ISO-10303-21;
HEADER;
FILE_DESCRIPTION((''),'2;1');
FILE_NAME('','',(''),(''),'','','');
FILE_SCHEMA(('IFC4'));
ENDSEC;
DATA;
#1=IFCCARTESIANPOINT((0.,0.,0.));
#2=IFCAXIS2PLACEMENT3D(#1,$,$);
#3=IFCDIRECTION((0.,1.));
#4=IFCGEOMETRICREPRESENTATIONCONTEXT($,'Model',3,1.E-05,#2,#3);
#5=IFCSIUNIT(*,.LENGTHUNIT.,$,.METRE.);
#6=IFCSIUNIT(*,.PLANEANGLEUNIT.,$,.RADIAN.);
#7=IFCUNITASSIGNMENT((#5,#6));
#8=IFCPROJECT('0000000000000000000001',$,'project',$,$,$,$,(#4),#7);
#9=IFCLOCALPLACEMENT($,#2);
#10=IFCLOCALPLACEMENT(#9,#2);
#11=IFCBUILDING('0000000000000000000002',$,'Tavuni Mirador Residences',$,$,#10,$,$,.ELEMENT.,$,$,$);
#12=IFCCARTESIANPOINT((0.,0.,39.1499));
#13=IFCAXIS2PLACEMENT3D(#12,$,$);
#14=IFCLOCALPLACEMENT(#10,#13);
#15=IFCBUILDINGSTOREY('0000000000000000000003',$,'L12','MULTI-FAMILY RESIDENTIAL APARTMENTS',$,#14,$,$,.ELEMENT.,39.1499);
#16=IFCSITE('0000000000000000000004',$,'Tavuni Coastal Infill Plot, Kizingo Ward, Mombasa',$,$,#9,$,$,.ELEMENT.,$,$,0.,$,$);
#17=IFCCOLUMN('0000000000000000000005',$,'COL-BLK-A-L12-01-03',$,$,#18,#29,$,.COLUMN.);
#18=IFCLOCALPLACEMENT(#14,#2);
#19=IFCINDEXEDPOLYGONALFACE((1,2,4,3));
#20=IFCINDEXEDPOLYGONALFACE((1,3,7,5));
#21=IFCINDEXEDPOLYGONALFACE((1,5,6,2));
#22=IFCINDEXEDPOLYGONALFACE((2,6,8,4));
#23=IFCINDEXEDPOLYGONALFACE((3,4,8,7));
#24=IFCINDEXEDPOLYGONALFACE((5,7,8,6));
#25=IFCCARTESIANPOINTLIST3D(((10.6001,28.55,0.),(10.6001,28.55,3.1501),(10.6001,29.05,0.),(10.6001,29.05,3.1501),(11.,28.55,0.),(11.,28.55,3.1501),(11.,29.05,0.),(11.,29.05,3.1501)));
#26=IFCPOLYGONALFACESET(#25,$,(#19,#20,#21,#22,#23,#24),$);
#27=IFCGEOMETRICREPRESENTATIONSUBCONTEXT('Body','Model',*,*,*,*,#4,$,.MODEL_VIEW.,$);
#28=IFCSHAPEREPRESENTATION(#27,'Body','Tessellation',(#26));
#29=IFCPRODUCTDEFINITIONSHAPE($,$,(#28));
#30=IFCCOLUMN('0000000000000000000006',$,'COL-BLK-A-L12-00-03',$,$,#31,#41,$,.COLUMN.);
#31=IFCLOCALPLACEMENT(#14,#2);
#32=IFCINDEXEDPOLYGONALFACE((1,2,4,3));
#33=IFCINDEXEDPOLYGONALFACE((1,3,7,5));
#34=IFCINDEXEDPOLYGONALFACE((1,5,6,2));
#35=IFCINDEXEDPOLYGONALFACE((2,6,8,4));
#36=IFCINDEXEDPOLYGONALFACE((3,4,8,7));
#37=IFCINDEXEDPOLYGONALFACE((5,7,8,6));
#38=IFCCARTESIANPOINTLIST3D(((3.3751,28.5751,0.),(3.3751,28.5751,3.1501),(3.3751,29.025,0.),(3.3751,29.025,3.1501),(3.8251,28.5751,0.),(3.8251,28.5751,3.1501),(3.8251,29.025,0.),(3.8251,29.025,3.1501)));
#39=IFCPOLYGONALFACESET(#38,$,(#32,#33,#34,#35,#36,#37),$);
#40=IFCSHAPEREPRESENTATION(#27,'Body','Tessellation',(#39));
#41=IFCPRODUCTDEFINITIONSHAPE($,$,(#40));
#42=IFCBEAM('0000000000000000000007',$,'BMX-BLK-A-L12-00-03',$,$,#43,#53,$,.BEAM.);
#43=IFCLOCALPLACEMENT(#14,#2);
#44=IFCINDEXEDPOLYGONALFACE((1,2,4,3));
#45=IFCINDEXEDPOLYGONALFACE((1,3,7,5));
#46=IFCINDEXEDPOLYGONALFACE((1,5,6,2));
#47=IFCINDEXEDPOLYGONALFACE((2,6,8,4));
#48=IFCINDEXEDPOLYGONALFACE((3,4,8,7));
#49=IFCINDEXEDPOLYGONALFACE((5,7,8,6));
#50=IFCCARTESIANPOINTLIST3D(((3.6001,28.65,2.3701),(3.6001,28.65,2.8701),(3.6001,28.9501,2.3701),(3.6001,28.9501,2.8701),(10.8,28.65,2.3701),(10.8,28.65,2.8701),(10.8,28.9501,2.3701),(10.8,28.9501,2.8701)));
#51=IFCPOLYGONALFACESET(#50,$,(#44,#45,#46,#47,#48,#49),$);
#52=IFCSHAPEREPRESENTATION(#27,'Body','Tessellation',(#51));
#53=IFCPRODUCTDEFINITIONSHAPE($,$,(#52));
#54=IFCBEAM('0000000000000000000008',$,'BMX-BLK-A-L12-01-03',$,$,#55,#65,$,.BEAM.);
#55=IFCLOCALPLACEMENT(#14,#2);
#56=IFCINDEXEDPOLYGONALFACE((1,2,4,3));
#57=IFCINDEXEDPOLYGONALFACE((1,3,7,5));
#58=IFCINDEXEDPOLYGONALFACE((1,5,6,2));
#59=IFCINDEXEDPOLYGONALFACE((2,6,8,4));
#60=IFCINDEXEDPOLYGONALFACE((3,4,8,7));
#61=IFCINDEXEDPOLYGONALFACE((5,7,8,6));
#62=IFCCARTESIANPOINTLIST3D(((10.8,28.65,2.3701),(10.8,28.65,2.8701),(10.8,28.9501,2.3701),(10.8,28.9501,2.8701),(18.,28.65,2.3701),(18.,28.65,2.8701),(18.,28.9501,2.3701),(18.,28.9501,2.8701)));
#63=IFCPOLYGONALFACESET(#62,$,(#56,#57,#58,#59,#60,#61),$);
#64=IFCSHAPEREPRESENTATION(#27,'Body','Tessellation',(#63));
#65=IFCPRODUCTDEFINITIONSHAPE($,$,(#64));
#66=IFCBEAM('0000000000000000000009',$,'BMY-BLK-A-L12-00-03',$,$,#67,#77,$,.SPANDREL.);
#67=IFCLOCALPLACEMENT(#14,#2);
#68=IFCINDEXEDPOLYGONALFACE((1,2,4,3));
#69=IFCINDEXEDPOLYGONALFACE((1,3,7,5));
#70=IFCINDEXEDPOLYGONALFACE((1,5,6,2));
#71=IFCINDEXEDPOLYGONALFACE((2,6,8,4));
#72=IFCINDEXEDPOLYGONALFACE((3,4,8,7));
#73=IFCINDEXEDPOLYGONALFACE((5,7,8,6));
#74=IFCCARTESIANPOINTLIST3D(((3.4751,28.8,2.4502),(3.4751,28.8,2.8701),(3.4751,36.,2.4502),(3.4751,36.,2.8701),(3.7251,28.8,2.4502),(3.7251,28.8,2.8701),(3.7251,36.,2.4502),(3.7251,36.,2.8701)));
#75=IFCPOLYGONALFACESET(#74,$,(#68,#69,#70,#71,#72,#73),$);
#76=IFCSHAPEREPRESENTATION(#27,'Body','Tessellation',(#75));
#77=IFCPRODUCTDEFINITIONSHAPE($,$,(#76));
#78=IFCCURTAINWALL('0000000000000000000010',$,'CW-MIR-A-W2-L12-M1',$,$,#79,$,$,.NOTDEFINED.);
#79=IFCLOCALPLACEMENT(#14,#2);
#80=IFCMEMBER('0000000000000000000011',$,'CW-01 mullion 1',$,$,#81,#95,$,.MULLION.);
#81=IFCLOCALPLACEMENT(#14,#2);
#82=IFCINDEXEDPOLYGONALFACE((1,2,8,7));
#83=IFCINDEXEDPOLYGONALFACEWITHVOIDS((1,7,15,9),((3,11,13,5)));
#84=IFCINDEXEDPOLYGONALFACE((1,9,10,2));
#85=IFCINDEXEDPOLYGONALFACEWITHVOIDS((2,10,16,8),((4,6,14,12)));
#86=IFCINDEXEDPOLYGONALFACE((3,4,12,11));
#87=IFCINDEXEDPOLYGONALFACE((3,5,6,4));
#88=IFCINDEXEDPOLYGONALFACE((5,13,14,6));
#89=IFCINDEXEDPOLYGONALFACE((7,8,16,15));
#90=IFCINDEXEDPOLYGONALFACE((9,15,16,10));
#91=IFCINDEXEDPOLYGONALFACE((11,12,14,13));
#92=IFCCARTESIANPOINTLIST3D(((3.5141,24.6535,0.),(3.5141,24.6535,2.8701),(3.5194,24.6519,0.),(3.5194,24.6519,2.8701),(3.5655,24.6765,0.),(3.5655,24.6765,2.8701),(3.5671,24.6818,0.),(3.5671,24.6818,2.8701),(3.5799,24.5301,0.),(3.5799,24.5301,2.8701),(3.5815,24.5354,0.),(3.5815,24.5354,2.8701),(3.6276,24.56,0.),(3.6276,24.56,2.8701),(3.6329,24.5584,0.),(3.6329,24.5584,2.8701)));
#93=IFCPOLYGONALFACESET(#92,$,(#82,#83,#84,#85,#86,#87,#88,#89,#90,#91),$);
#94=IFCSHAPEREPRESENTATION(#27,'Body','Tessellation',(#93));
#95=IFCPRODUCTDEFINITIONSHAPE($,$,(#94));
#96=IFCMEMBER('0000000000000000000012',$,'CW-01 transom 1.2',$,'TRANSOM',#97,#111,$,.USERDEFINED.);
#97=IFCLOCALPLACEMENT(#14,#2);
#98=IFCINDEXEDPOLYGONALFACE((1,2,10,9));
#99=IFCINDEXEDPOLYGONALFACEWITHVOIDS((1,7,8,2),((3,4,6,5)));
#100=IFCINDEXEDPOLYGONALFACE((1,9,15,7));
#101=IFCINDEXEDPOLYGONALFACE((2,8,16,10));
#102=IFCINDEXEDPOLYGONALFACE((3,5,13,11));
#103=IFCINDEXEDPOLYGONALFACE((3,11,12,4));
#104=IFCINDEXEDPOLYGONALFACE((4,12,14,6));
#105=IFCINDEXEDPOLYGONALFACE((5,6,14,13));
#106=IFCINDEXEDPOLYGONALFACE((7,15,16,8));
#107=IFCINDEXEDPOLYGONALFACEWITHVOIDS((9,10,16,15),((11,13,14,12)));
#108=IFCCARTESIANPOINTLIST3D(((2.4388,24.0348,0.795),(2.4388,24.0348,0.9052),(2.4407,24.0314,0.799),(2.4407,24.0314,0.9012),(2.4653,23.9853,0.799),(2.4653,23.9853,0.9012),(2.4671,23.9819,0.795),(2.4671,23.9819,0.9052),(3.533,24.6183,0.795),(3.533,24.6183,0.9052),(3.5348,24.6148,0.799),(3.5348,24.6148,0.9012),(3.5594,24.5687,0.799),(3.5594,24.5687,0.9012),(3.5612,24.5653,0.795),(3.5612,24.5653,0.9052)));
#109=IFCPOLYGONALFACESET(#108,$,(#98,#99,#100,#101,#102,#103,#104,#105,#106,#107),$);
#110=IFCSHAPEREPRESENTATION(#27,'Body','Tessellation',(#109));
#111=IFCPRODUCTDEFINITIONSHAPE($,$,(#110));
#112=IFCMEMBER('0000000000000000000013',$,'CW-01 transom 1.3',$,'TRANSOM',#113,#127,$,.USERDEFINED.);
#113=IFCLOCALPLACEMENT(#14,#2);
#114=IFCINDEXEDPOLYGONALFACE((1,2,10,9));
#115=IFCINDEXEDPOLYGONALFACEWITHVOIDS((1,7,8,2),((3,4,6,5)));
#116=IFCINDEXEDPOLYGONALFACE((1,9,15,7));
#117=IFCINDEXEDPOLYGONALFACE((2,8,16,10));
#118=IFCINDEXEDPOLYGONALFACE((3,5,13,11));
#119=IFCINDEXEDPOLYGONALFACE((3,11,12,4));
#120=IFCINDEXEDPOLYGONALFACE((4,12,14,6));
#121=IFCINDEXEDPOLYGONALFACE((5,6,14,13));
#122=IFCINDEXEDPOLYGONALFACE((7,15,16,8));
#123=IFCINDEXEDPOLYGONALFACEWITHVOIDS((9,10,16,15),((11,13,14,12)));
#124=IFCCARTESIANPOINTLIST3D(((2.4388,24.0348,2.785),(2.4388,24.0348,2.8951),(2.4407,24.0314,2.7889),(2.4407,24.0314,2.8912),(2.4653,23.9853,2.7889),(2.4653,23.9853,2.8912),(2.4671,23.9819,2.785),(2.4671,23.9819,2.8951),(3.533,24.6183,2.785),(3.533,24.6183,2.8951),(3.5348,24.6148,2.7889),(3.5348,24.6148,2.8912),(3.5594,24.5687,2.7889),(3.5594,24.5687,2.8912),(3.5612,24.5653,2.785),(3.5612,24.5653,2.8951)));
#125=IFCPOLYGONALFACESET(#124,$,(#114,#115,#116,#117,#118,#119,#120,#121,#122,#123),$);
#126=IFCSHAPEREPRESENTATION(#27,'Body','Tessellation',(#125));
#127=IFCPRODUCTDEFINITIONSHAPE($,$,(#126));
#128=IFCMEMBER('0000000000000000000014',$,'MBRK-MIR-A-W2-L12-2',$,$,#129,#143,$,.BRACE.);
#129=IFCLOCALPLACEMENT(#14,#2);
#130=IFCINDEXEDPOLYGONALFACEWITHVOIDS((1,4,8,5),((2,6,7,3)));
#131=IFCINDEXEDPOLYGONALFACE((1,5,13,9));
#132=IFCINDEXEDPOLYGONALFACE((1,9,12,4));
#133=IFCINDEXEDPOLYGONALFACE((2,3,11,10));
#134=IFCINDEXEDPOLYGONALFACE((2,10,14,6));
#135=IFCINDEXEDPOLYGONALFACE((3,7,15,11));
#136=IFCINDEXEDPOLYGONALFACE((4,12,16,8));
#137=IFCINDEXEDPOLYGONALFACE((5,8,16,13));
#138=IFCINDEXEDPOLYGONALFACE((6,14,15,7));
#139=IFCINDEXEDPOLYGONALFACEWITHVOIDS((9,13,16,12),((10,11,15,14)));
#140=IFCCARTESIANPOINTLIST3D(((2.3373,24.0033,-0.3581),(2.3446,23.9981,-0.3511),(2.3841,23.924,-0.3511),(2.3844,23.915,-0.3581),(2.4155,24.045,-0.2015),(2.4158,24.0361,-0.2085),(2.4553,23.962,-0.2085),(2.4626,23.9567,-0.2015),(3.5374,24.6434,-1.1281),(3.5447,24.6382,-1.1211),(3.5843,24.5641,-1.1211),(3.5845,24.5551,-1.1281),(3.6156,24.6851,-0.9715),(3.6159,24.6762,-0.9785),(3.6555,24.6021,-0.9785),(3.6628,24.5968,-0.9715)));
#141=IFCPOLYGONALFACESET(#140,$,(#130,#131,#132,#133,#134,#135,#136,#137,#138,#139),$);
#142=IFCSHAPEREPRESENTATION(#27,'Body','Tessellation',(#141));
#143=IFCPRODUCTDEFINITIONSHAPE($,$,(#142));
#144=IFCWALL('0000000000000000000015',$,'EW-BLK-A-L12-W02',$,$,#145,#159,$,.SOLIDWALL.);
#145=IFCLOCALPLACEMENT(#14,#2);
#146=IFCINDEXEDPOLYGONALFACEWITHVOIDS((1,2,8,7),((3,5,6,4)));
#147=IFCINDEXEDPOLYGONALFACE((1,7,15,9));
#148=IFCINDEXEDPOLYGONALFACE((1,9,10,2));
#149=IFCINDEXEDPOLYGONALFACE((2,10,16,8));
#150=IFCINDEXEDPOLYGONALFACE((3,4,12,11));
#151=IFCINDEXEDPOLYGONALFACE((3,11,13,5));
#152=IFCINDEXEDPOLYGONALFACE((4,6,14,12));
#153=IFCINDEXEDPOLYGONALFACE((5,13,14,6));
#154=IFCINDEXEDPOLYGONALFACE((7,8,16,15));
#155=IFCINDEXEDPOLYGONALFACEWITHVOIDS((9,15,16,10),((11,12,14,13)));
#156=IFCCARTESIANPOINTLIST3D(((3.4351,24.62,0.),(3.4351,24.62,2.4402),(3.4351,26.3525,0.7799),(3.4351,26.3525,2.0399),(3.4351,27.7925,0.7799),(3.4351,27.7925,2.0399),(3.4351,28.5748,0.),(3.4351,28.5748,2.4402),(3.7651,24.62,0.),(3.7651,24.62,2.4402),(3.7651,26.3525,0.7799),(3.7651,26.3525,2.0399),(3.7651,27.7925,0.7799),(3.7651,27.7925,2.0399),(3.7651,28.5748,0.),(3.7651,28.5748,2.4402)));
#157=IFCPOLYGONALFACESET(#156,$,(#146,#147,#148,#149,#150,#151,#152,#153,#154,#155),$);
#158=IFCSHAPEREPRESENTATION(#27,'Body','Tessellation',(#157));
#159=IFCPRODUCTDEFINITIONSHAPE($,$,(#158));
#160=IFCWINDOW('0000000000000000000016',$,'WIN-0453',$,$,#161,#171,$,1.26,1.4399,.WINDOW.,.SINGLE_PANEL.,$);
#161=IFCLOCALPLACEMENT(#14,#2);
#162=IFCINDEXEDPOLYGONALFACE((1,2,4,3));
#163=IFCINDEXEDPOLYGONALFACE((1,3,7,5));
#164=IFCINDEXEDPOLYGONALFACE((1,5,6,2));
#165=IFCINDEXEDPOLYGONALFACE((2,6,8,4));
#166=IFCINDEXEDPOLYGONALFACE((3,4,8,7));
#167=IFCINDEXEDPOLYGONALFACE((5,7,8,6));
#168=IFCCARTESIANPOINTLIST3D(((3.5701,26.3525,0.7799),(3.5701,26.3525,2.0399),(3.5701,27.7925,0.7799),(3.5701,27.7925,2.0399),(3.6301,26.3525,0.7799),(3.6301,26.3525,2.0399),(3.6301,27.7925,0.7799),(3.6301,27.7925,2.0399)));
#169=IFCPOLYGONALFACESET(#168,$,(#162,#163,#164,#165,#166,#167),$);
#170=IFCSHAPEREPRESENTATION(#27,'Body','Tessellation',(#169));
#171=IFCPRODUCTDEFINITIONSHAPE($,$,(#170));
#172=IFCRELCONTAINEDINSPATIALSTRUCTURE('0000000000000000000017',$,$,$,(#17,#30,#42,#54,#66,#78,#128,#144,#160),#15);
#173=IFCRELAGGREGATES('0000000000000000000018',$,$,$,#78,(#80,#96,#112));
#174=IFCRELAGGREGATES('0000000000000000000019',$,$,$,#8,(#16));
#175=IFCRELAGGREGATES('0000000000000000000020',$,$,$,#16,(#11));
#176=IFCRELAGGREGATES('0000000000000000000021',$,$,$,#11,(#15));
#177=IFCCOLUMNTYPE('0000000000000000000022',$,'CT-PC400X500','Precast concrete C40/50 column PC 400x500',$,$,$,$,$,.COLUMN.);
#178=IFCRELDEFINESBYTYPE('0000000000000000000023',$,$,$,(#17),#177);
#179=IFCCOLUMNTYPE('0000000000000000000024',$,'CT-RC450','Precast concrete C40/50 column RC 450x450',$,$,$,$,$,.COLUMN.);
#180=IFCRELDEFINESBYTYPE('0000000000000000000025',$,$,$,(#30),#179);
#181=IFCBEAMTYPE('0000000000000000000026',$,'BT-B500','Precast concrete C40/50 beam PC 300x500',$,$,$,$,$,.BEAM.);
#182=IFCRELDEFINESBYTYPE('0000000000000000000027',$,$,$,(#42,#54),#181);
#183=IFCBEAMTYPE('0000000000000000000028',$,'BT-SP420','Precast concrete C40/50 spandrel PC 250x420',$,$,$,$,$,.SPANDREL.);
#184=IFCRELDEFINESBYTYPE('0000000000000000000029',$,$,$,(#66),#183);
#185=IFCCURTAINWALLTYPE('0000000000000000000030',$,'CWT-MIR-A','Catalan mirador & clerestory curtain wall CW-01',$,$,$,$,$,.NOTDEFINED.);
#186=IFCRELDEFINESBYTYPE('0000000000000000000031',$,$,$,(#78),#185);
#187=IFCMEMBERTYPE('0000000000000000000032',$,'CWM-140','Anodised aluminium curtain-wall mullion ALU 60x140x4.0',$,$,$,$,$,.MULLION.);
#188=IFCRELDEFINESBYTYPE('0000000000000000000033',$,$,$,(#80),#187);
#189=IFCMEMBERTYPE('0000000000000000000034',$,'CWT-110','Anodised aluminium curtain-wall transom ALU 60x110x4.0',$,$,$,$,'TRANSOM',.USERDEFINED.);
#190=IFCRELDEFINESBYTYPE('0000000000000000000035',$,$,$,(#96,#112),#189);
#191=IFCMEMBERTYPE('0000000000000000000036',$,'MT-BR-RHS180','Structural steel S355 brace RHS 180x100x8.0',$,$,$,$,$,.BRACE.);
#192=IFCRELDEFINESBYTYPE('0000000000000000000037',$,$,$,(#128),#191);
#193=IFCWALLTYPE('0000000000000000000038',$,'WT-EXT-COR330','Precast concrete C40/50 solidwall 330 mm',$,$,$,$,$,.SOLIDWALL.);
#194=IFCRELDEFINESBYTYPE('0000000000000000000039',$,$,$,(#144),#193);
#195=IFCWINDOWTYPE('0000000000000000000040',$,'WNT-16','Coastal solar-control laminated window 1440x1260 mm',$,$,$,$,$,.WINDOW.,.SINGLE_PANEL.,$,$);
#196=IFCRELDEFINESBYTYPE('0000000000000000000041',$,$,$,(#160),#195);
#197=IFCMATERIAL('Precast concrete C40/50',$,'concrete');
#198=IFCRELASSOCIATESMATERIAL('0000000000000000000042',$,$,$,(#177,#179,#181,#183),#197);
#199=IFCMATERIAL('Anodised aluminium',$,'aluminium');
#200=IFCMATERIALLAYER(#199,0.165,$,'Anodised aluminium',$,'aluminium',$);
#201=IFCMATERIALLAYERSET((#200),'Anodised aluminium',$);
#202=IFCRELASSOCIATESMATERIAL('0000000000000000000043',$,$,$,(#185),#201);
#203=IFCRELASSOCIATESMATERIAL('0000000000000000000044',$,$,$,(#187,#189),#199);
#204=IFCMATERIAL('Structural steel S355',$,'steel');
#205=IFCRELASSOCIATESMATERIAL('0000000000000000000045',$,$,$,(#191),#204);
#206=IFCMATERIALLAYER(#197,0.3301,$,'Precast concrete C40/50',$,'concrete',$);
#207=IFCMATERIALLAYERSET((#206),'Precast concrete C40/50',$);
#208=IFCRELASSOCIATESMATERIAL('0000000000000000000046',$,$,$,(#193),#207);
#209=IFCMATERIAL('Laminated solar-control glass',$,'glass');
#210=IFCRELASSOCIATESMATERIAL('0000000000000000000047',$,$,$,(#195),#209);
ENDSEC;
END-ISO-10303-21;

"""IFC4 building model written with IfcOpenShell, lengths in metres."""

from ifc_helpers import new_model, si_unit, direction, frame, frame_2d, origin, origin_2d, place, context, subcontext, project, spatial, rectangle, hollow_rectangle, extrude, material, layer, layer_set, material_profile, profile_set, type_object, element, fill, aggregate, save


model = new_model("IFC4")

# Units and contexts
model_context = context("Model", 3, precision=1e-05, world=origin(), true_north=direction((0.0, 1.0)))
body_context = subcontext(model_context, "Body", "Model", "MODEL_VIEW")
ifc_project = project(units=[si_unit("LENGTHUNIT", "METRE"), si_unit("PLANEANGLEUNIT", "RADIAN")], contexts=[model_context])

# Site, building, storey
site_placement = place(None, origin())
site = spatial("IfcSite", under=ifc_project, at=site_placement, Name="Tavuni Coastal Infill Plot, Kizingo Ward, Mombasa", CompositionType="ELEMENT", RefElevation=0.0)
building_placement = place(site_placement, origin())
building = spatial("IfcBuilding", under=site, at=building_placement, Name="Tavuni Mirador Residences", CompositionType="ELEMENT")
storey_placement = place(building_placement, frame((0.0, 0.0, 39.1499)))
storey = spatial("IfcBuildingStorey", under=building, at=storey_placement, Name="L12", Description="MULTI-FAMILY RESIDENTIAL APARTMENTS", CompositionType="ELEMENT", Elevation=39.1499)

# Columns
ifc_material_1 = material(Name="Precast concrete C40/50", Category="concrete")
ifc_material_profile_1 = material_profile(ifc_material_1, rectangle(XDim=0.3999, YDim=0.5, at=origin_2d()), Name="PC 400x500", Category="concrete")
ifc_profile_set_1 = profile_set([ifc_material_profile_1], Name="Precast concrete C40/50")
column_type_1 = type_object("IfcColumnType", Name="CT-PC400X500", Description="Precast concrete C40/50 column PC 400x500", PredefinedType="COLUMN", material=ifc_profile_set_1)
column_1_placement = place(storey_placement, frame((10.8, 28.8, 0.0), z_axis=(0.0, 0.0, 1.0), x_axis=(1.0, 0.0, 0.0)))
element("IfcColumn", 1, at=column_1_placement, inside=storey, type_object=column_type_1, Name="COL-BLK-A-L12-01-03", PredefinedType="COLUMN", context=body_context, shape_type="SweptSolid", body=[
    extrude(rectangle(XDim=0.3999, YDim=0.5, at=origin_2d()), origin(), (0.0, 0.0, 1.0), 3.1501),
])
ifc_material_profile_2 = material_profile(ifc_material_1, rectangle(XDim=0.45, YDim=0.45, at=origin_2d()), Name="RC 450x450", Category="concrete")
ifc_profile_set_2 = profile_set([ifc_material_profile_2], Name="Precast concrete C40/50")
column_type_2 = type_object("IfcColumnType", Name="CT-RC450", Description="Precast concrete C40/50 column RC 450x450", PredefinedType="COLUMN", material=ifc_profile_set_2)
column_2_placement = place(storey_placement, frame((3.6001, 28.8, 0.0), z_axis=(0.0, 0.0, 1.0), x_axis=(1.0, 0.0, 0.0)))
element("IfcColumn", 2, at=column_2_placement, inside=storey, type_object=column_type_2, Name="COL-BLK-A-L12-00-03", PredefinedType="COLUMN", context=body_context, shape_type="SweptSolid", body=[
    extrude(rectangle(XDim=0.45, YDim=0.45, at=origin_2d()), origin(), (0.0, 0.0, 1.0), 3.1501),
])

# Beams
ifc_material_profile_3 = material_profile(ifc_material_1, rectangle(XDim=0.3, YDim=0.5, at=origin_2d()), Name="PC 300x500", Category="concrete")
ifc_profile_set_3 = profile_set([ifc_material_profile_3], Name="Precast concrete C40/50")
beam_type_1 = type_object("IfcBeamType", Name="BT-B500", Description="Precast concrete C40/50 beam PC 300x500", PredefinedType="BEAM", material=ifc_profile_set_3)
for number, where, z_axis, x_axis, name in (
    (3, (3.6001, 28.8, 2.6201), (1.0, 0.0, 0.0), (0.0, 1.0, 0.0), "BMX-BLK-A-L12-00-03"),
    (4, (10.8, 28.8, 2.6201), (1.0, 0.0, 0.0), (0.0, 1.0, 0.0), "BMX-BLK-A-L12-01-03"),
):
    element("IfcBeam", number, at=place(storey_placement, frame(where, z_axis=z_axis, x_axis=x_axis)), inside=storey, type_object=beam_type_1, Name=name, PredefinedType="BEAM", context=body_context, shape_type="SweptSolid", body=[
        extrude(rectangle(XDim=0.3, YDim=0.5, at=origin_2d()), origin(), (0.0, 0.0, 1.0), 7.2),
    ])
ifc_material_profile_4 = material_profile(ifc_material_1, rectangle(XDim=0.25, YDim=0.4199, at=origin_2d()), Name="PC 250x420", Category="concrete")
ifc_profile_set_4 = profile_set([ifc_material_profile_4], Name="Precast concrete C40/50")
beam_type_2 = type_object("IfcBeamType", Name="BT-SP420", Description="Precast concrete C40/50 spandrel PC 250x420", PredefinedType="SPANDREL", material=ifc_profile_set_4)
beam_placement = place(storey_placement, frame((3.6001, 28.8, 2.6602), z_axis=(0.0, 1.0, 0.0), x_axis=(-1.0, 0.0, 0.0)))
element("IfcBeam", 5, at=beam_placement, inside=storey, type_object=beam_type_2, Name="BMY-BLK-A-L12-00-03", PredefinedType="SPANDREL", context=body_context, shape_type="SweptSolid", body=[
    extrude(rectangle(XDim=0.25, YDim=0.4199, at=origin_2d()), origin(), (0.0, 0.0, 1.0), 7.2),
])

# Curtain wall, members
ifc_material_2 = material(Name="Anodised aluminium", Category="aluminium")
ifc_layer_1 = layer(ifc_material_2, 0.165, Name="Anodised aluminium", Category="aluminium")
ifc_layer_set_1 = layer_set([ifc_layer_1], Name="Anodised aluminium")
curtain_wall_type = type_object("IfcCurtainWallType", Name="CWT-MIR-A", Description="Catalan mirador & clerestory curtain wall CW-01", PredefinedType="NOTDEFINED", material=ifc_layer_set_1)
curtain_wall_placement = place(storey_placement, origin())
curtain_wall = element("IfcCurtainWall", 6, at=curtain_wall_placement, inside=storey, type_object=curtain_wall_type, Name="CW-MIR-A-W2-L12-M1", PredefinedType="NOTDEFINED")
ifc_material_profile_5 = material_profile(ifc_material_2, hollow_rectangle(XDim=0.0601, YDim=0.1399, WallThickness=0.0039, at=origin_2d()), Name="ALU 60x140x4.0", Category="aluminium")
ifc_profile_set_5 = profile_set([ifc_material_profile_5], Name="Anodised aluminium")
member_type_1 = type_object("IfcMemberType", Name="CWM-140", Description="Anodised aluminium curtain-wall mullion ALU 60x140x4.0", PredefinedType="MULLION", material=ifc_profile_set_5)
member_1_placement = place(storey_placement, frame((3.5735, 24.606, 0.0), z_axis=(0.0, 0.0, 1.0), x_axis=(-0.882353, -0.470588, 0.0)))
member_1 = element("IfcMember", 7, at=member_1_placement, type_object=member_type_1, Name="CW-01 mullion 1", PredefinedType="MULLION", context=body_context, shape_type="SweptSolid", body=[
    extrude(hollow_rectangle(XDim=0.0601, YDim=0.1399, WallThickness=0.0039, at=origin_2d()), origin(), (0.0, 0.0, 1.0), 2.8701),
])
ifc_material_profile_6 = material_profile(ifc_material_2, hollow_rectangle(XDim=0.0601, YDim=0.1101, WallThickness=0.0039, at=origin_2d()), Name="ALU 60x110x4.0", Category="aluminium")
ifc_profile_set_6 = profile_set([ifc_material_profile_6], Name="Anodised aluminium")
member_type_2 = type_object("IfcMemberType", Name="CWT-110", Description="Anodised aluminium curtain-wall transom ALU 60x110x4.0", ElementType="TRANSOM", PredefinedType="USERDEFINED", material=ifc_profile_set_6)
member_2_placement = place(storey_placement, frame((3.5471, 24.5918, 0.8501), z_axis=(-0.882386, -0.470527, 0.0), x_axis=(0.470527, -0.882386, 0.0)))
member_2 = element("IfcMember", 8, at=member_2_placement, type_object=member_type_2, Name="CW-01 transom 1.2", ObjectType="TRANSOM", PredefinedType="USERDEFINED", context=body_context, shape_type="SweptSolid", body=[
    extrude(hollow_rectangle(XDim=0.0601, YDim=0.1101, WallThickness=0.0039, at=origin_2d()), origin(), (0.0, 0.0, 1.0), 1.24),
])
member_3_placement = place(storey_placement, frame((3.5471, 24.5918, 2.8401), z_axis=(-0.882386, -0.470527, 0.0), x_axis=(0.470527, -0.882386, 0.0)))
member_3 = element("IfcMember", 9, at=member_3_placement, type_object=member_type_2, Name="CW-01 transom 1.3", ObjectType="TRANSOM", PredefinedType="USERDEFINED", context=body_context, shape_type="SweptSolid", body=[
    extrude(hollow_rectangle(XDim=0.0601, YDim=0.1101, WallThickness=0.0039, at=origin_2d()), origin(), (0.0, 0.0, 1.0), 1.24),
])
aggregate(curtain_wall, [member_1, member_2, member_3])

# Member
ifc_material_3 = material(Name="Structural steel S355", Category="steel")
ifc_material_profile_7 = material_profile(ifc_material_3, hollow_rectangle(XDim=0.1001, YDim=0.1799, WallThickness=0.0081, at=origin_2d()), Name="RHS 180x100x8.0", Category="steel")
ifc_profile_set_7 = profile_set([ifc_material_profile_7], Name="Structural steel S355")
member_type_3 = type_object("IfcMemberType", Name="MT-BR-RHS180", Description="Structural steel S355 brace RHS 180x100x8.0", PredefinedType="BRACE", material=ifc_profile_set_7)
member_4_placement = place(storey_placement, frame((3.6001, 24.6201, -1.0498), z_axis=(-0.767847, -0.409539, 0.492634), x_axis=(0.470607, -0.882343, 0.0)))
element("IfcMember", 10, at=member_4_placement, inside=storey, type_object=member_type_3, Name="MBRK-MIR-A-W2-L12-2", PredefinedType="BRACE", context=body_context, shape_type="SweptSolid", body=[
    extrude(hollow_rectangle(XDim=0.1001, YDim=0.1799, WallThickness=0.0081, at=origin_2d()), origin(), (0.0, 0.0, 1.0), 1.563),
])

# Wall, opening, window
ifc_layer_2 = layer(ifc_material_1, 0.3301, Name="Precast concrete C40/50", Category="concrete")
ifc_layer_set_2 = layer_set([ifc_layer_2], Name="Precast concrete C40/50")
wall_type_1 = type_object("IfcWallType", Name="WT-EXT-COR330", Description="Precast concrete C40/50 solidwall 330 mm", PredefinedType="SOLIDWALL", material=ifc_layer_set_2)
wall_1_placement = place(storey_placement, frame((3.6001, 28.575, 0.0), z_axis=(0.0, 0.0, 1.0), x_axis=(0.0, -1.0, 0.0)))
wall_1 = element("IfcWall", 11, at=wall_1_placement, inside=storey, type_object=wall_type_1, Name="EW-BLK-A-L12-W02", PredefinedType="SOLIDWALL", context=body_context, shape_type="SweptSolid", body=[
    extrude(rectangle(XDim=3.9548, YDim=0.3301, at=frame_2d((1.9775, 0.0))), origin(), (0.0, 0.0, 1.0), 2.4402),
])
opening_1_placement = place(wall_1_placement, frame((0.7825, 0.0, 0.78)))
opening_1 = element("IfcOpeningElement", 12, at=opening_1_placement, cuts=wall_1, PredefinedType="OPENING", context=body_context, shape_type="SweptSolid", body=[
    extrude(rectangle(XDim=1.4399, YDim=1.26, at=frame_2d((0.72, 0.6299))), frame((0.0, 0.175, 0.0), z_axis=(0.0, -1.0, 0.0), x_axis=(1.0, 0.0, 0.0)), (0.0, 0.0, 1.0), 0.3501),
])
ifc_material_4 = material(Name="Laminated solar-control glass", Category="glass")
window_type = type_object("IfcWindowType", Name="WNT-16", Description="Coastal solar-control laminated window 1440x1260 mm", PartitioningType="SINGLE_PANEL", PredefinedType="WINDOW", material=ifc_material_4)
window_placement = place(opening_1_placement, origin())
window = element("IfcWindow", 13, at=window_placement, inside=storey, type_object=window_type, Name="WIN-0453", OverallHeight=1.26, OverallWidth=1.4399, PartitioningType="SINGLE_PANEL", PredefinedType="WINDOW", context=body_context, shape_type="SweptSolid", body=[
    extrude(rectangle(XDim=1.4399, YDim=1.26, at=frame_2d((0.72, 0.6299))), frame((0.0, 0.03, 0.0), z_axis=(0.0, -1.0, 0.0), x_axis=(1.0, 0.0, 0.0)), (0.0, 0.0, 1.0), 0.0601),
])
fill(opening_1, window)

save(model, "model.ifc")
